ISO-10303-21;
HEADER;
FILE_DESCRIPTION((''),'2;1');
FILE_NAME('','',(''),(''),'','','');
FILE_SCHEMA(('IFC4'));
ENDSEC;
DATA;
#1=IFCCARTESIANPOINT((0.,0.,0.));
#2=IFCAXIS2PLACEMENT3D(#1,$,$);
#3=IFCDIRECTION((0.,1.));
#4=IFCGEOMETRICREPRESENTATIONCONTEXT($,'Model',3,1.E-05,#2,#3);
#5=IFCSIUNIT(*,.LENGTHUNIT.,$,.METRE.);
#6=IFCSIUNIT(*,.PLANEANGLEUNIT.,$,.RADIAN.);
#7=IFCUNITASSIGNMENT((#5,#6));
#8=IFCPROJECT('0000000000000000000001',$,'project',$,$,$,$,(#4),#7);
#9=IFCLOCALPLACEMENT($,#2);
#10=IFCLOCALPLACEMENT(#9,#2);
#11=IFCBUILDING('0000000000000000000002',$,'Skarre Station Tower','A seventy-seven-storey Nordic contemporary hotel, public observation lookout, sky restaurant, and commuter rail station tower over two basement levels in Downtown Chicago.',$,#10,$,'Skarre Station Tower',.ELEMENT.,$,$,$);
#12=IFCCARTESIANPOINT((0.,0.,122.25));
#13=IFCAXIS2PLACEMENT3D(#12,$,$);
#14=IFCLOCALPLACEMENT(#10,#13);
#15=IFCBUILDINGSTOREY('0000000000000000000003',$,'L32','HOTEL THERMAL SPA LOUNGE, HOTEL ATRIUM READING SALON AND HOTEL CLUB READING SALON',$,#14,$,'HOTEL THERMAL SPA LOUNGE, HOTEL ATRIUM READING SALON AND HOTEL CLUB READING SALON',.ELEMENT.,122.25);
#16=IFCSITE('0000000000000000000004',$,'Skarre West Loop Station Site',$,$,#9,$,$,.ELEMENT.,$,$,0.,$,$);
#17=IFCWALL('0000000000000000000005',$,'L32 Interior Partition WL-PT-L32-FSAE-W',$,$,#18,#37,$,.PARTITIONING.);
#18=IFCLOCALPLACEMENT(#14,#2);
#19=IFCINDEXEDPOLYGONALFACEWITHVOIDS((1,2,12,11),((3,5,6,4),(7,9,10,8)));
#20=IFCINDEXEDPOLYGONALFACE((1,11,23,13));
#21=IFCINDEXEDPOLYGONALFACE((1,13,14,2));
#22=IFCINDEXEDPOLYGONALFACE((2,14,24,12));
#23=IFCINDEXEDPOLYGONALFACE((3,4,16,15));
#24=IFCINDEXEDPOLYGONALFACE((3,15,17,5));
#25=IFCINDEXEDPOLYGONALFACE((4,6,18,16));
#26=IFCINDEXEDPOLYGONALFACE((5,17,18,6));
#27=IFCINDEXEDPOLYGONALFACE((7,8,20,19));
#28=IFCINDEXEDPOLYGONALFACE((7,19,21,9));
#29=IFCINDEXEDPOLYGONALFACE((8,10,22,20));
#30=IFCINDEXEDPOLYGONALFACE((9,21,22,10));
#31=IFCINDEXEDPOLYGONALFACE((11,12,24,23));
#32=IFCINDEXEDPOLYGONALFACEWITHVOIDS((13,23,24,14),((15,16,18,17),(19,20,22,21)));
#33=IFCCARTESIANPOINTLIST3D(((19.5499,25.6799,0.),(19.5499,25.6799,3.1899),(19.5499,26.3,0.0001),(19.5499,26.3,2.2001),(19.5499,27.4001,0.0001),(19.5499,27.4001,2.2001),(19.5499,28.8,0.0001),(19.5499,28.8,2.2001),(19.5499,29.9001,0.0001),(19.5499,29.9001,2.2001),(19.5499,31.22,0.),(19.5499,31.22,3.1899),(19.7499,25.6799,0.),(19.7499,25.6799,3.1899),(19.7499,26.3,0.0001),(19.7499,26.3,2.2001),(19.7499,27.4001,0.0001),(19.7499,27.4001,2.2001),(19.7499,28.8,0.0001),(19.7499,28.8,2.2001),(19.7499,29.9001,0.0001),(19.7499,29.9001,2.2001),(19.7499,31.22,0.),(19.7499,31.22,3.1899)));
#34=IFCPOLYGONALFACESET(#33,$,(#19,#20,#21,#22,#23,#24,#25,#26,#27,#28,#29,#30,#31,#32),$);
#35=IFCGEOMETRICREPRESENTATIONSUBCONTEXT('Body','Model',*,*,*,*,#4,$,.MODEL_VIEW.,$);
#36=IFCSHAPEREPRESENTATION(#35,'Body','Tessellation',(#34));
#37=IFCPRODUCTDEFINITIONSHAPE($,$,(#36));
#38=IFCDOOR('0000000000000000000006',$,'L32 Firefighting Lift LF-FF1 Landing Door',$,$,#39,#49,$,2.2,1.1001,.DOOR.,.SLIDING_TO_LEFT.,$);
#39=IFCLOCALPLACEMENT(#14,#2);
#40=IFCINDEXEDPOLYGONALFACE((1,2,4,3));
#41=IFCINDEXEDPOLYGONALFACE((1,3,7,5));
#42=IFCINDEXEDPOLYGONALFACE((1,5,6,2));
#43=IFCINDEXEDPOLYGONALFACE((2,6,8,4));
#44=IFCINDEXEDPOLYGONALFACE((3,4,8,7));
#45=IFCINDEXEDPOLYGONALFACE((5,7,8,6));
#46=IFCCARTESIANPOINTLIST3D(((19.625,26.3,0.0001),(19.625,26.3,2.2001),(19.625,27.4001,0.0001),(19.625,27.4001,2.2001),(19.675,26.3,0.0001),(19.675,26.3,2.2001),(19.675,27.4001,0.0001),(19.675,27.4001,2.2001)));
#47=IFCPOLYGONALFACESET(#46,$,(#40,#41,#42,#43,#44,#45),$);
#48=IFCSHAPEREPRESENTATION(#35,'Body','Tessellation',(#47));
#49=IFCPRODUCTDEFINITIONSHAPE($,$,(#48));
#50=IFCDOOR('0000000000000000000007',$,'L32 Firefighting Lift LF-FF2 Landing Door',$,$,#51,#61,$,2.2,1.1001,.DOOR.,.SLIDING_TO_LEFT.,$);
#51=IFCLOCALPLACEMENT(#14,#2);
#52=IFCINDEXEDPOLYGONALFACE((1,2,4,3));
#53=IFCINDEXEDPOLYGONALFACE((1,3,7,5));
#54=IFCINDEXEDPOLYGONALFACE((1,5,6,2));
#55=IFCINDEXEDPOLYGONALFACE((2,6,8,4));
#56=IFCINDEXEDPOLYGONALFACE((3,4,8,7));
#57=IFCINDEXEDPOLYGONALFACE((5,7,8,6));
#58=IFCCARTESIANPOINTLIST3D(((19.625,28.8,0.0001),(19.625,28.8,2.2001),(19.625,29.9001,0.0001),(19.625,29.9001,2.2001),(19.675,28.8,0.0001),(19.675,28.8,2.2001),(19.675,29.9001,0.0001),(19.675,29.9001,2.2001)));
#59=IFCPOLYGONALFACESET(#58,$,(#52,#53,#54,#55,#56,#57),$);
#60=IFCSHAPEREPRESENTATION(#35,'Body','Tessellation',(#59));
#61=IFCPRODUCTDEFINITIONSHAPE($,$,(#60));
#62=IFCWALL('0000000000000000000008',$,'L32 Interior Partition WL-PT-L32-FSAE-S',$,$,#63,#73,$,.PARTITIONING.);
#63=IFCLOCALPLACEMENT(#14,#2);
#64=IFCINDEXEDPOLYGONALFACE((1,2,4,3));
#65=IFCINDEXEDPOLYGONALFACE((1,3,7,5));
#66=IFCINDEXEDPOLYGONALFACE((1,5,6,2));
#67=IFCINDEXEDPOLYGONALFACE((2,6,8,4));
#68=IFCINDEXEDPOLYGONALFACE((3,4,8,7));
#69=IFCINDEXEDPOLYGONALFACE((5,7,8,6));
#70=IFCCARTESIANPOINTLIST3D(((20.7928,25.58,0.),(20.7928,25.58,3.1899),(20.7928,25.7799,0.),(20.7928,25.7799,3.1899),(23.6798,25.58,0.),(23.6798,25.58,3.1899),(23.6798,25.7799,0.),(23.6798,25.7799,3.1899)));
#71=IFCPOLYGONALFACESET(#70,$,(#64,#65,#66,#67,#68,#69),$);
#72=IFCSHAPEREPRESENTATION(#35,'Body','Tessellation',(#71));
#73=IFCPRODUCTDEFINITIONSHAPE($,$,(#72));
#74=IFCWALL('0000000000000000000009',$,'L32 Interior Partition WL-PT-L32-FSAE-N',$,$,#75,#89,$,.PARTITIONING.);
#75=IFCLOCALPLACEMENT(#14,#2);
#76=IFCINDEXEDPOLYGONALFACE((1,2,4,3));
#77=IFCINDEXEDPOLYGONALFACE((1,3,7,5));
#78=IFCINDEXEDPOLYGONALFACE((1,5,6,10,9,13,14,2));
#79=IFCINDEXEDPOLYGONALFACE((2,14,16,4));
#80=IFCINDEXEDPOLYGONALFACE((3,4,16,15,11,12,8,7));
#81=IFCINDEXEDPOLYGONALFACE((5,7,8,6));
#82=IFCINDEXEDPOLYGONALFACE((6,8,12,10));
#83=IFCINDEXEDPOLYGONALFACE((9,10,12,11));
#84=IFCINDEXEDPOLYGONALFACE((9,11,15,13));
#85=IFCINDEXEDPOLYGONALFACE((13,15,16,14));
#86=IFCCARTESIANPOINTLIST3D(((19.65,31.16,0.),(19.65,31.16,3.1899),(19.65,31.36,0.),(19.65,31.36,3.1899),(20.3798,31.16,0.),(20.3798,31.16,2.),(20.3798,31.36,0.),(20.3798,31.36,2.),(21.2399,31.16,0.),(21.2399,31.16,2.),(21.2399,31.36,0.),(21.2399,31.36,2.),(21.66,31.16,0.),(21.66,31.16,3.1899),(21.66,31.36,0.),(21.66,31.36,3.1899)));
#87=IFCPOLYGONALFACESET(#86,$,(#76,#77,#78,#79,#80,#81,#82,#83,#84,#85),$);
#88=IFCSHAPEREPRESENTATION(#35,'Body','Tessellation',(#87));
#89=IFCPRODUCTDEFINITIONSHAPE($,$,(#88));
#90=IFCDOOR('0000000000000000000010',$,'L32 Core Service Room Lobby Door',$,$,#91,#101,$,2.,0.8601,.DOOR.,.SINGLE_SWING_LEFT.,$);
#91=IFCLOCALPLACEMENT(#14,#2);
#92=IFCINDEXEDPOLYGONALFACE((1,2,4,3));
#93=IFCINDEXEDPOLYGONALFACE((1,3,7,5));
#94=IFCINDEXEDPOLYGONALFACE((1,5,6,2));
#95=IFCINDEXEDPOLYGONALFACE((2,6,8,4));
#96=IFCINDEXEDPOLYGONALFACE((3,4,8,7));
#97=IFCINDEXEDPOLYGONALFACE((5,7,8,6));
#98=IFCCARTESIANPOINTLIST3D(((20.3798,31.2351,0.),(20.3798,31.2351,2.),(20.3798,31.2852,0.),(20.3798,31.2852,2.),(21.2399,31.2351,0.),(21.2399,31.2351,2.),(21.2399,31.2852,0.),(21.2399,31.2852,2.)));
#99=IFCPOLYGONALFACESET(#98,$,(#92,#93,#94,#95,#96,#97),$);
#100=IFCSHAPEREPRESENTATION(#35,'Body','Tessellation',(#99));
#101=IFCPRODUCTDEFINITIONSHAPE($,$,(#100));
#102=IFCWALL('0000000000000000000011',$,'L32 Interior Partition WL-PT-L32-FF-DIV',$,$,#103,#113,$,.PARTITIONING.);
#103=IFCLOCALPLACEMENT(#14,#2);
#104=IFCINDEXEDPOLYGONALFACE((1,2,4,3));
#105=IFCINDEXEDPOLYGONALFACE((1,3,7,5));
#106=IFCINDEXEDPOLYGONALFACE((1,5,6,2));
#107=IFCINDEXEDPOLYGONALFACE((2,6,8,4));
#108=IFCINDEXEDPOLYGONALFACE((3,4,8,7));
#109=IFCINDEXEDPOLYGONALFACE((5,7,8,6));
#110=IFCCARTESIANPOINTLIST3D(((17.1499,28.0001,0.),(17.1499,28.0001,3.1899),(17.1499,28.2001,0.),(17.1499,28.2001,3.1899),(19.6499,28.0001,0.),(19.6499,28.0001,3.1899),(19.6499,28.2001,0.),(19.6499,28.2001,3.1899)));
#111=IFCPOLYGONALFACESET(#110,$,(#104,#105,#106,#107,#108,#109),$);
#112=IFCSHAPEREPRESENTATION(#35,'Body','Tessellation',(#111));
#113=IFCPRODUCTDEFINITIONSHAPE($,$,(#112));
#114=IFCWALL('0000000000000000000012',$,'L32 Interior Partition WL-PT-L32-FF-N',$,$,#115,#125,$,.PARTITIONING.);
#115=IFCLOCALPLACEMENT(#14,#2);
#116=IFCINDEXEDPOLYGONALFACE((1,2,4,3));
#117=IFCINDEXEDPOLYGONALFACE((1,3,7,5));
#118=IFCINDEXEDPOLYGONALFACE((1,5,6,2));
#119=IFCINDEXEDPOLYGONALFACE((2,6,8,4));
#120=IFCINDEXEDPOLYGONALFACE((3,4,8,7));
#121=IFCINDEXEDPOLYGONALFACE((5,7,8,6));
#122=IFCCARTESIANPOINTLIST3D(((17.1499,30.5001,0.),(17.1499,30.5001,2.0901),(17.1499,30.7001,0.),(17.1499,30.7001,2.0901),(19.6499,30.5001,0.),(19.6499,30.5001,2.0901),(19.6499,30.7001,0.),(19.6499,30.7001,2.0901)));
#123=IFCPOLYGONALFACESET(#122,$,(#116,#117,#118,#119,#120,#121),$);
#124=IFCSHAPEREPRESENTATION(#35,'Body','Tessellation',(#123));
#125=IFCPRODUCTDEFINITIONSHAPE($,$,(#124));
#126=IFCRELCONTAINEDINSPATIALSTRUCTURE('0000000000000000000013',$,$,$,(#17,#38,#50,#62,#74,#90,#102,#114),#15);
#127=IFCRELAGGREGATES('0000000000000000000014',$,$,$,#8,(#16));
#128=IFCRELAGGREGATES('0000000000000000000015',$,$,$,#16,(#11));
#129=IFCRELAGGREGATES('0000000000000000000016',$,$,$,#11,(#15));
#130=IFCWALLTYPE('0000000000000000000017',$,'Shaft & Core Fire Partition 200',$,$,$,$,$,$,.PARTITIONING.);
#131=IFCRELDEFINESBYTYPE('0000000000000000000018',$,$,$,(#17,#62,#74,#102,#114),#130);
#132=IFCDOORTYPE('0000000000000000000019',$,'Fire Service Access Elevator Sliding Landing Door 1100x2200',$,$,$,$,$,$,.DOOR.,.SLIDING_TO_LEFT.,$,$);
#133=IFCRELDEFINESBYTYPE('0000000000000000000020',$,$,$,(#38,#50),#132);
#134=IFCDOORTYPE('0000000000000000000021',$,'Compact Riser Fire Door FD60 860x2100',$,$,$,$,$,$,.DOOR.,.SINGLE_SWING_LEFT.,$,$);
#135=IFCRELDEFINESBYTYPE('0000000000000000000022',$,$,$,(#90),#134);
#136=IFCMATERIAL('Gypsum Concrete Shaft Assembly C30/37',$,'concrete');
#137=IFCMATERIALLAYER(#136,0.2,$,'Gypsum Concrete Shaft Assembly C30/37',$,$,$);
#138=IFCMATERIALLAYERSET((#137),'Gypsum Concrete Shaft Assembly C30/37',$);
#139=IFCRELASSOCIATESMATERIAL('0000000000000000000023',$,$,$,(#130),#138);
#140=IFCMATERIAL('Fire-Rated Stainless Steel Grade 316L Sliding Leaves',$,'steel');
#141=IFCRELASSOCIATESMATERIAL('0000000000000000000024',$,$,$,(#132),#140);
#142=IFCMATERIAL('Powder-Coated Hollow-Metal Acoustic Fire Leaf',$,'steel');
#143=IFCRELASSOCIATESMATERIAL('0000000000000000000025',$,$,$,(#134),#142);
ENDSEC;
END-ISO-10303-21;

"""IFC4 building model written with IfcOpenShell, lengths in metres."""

from ifc_helpers import new_model, si_unit, direction, frame, frame_2d, origin, place, context, subcontext, project, spatial, rectangle, extrude, material, layer, layer_set, type_object, element, fill, save


model = new_model("IFC4")

# Units and contexts
model_context = context("Model", 3, precision=1e-05, world=origin(), true_north=direction((0.0, 1.0)))
body_context = subcontext(model_context, "Body", "Model", "MODEL_VIEW")
ifc_project = project(units=[si_unit("LENGTHUNIT", "METRE"), si_unit("PLANEANGLEUNIT", "RADIAN")], contexts=[model_context])

# Site, building, storey
site_placement = place(None, origin())
site = spatial("IfcSite", under=ifc_project, at=site_placement, Name="Skarre West Loop Station Site", CompositionType="ELEMENT", RefElevation=0.0)
building_placement = place(site_placement, origin())
building = spatial("IfcBuilding", under=site, at=building_placement, Name="Skarre Station Tower", Description="A seventy-seven-storey Nordic contemporary hotel, public observation lookout, sky restaurant, and commuter rail station tower over two basement levels in Downtown Chicago.", LongName="Skarre Station Tower", CompositionType="ELEMENT")
storey_placement = place(building_placement, frame((0.0, 0.0, 122.25)))
storey = spatial("IfcBuildingStorey", under=building, at=storey_placement, Name="L32", Description="HOTEL THERMAL SPA LOUNGE, HOTEL ATRIUM READING SALON AND HOTEL CLUB READING SALON", LongName="HOTEL THERMAL SPA LOUNGE, HOTEL ATRIUM READING SALON AND HOTEL CLUB READING SALON", CompositionType="ELEMENT", Elevation=122.25)

# Wall, openings, doors
ifc_material_1 = material(Name="Gypsum Concrete Shaft Assembly C30/37", Category="concrete")
ifc_layer_1 = layer(ifc_material_1, 0.2, Name="Gypsum Concrete Shaft Assembly C30/37")
ifc_layer_set_1 = layer_set([ifc_layer_1], Name="Gypsum Concrete Shaft Assembly C30/37")
wall_type_1 = type_object("IfcWallType", Name="Shaft & Core Fire Partition 200", PredefinedType="PARTITIONING", material=ifc_layer_set_1)
wall_1_placement = place(storey_placement, frame((19.6499, 25.6799, 0.0), z_axis=(0.0, 0.0, 1.0), x_axis=(0.0, 1.0, 0.0)))
wall_1 = element("IfcWall", 1, at=wall_1_placement, inside=storey, type_object=wall_type_1, Name="L32 Interior Partition WL-PT-L32-FSAE-W", PredefinedType="PARTITIONING", context=body_context, shape_type="SweptSolid", body=[
    extrude(rectangle(XDim=5.54, YDim=0.2, at=frame_2d((2.77, 0.0))), origin(), (0.0, 0.0, 1.0), 3.1899),
])
opening_1_placement = place(wall_1_placement, frame((0.6201, 0.0, 0.0)))
opening_1 = element("IfcOpeningElement", 2, at=opening_1_placement, cuts=wall_1, PredefinedType="OPENING", context=body_context, shape_type="SweptSolid", body=[
    extrude(rectangle(XDim=1.1001, YDim=2.2, at=frame_2d((0.55, 1.1001))), frame((0.0, 0.1099, 0.0), z_axis=(0.0, -1.0, 0.0), x_axis=(1.0, 0.0, 0.0)), (0.0, 0.0, 1.0), 0.22),
])
opening_2_placement = place(wall_1_placement, frame((3.1201, 0.0, 0.0)))
opening_2 = element("IfcOpeningElement", 3, at=opening_2_placement, cuts=wall_1, PredefinedType="OPENING", context=body_context, shape_type="SweptSolid", body=[
    extrude(rectangle(XDim=1.1001, YDim=2.2, at=frame_2d((0.55, 1.1001))), frame((0.0, 0.1099, 0.0), z_axis=(0.0, -1.0, 0.0), x_axis=(1.0, 0.0, 0.0)), (0.0, 0.0, 1.0), 0.22),
])
ifc_material_2 = material(Name="Fire-Rated Stainless Steel Grade 316L Sliding Leaves", Category="steel")
door_type_1 = type_object("IfcDoorType", Name="Fire Service Access Elevator Sliding Landing Door 1100x2200", OperationType="SLIDING_TO_LEFT", PredefinedType="DOOR", material=ifc_material_2)
door_1_placement = place(opening_1_placement, origin())
door_1 = element("IfcDoor", 4, at=door_1_placement, inside=storey, type_object=door_type_1, Name="L32 Firefighting Lift LF-FF1 Landing Door", OperationType="SLIDING_TO_LEFT", OverallHeight=2.2, OverallWidth=1.1001, PredefinedType="DOOR", context=body_context, shape_type="SweptSolid", body=[
    extrude(rectangle(XDim=1.1001, YDim=2.2, at=frame_2d((0.55, 1.1001))), frame((0.0, 0.0249, 0.0), z_axis=(0.0, -1.0, 0.0), x_axis=(1.0, 0.0, 0.0)), (0.0, 0.0, 1.0), 0.05),
])
fill(opening_1, door_1)
door_2_placement = place(opening_2_placement, origin())
door_2 = element("IfcDoor", 5, at=door_2_placement, inside=storey, type_object=door_type_1, Name="L32 Firefighting Lift LF-FF2 Landing Door", OperationType="SLIDING_TO_LEFT", OverallHeight=2.2, OverallWidth=1.1001, PredefinedType="DOOR", context=body_context, shape_type="SweptSolid", body=[
    extrude(rectangle(XDim=1.1001, YDim=2.2, at=frame_2d((0.55, 1.1001))), frame((0.0, 0.0249, 0.0), z_axis=(0.0, -1.0, 0.0), x_axis=(1.0, 0.0, 0.0)), (0.0, 0.0, 1.0), 0.05),
])
fill(opening_2, door_2)

# Wall
wall_2_placement = place(storey_placement, frame((20.793, 25.6799, 0.0), z_axis=(0.0, 0.0, 1.0), x_axis=(1.0, 0.0, 0.0)))
element("IfcWall", 6, at=wall_2_placement, inside=storey, type_object=wall_type_1, Name="L32 Interior Partition WL-PT-L32-FSAE-S", PredefinedType="PARTITIONING", context=body_context, shape_type="SweptSolid", body=[
    extrude(rectangle(XDim=2.887, YDim=0.2, at=frame_2d((1.4434, 0.0))), origin(), (0.0, 0.0, 1.0), 3.1899),
])

# Wall, opening, door
wall_3_placement = place(storey_placement, frame((21.6599, 31.26, 0.0), z_axis=(0.0, 0.0, 1.0), x_axis=(-1.0, 0.0, 0.0)))
wall_3 = element("IfcWall", 7, at=wall_3_placement, inside=storey, type_object=wall_type_1, Name="L32 Interior Partition WL-PT-L32-FSAE-N", PredefinedType="PARTITIONING", context=body_context, shape_type="SweptSolid", body=[
    extrude(rectangle(XDim=2.01, YDim=0.2, at=frame_2d((1.0049, 0.0))), origin(), (0.0, 0.0, 1.0), 3.1899),
])
opening_3_placement = place(wall_3_placement, frame((0.4199, 0.0, 0.0)))
opening_3 = element("IfcOpeningElement", 8, at=opening_3_placement, cuts=wall_3, PredefinedType="OPENING", context=body_context, shape_type="SweptSolid", body=[
    extrude(rectangle(XDim=0.8601, YDim=2.0, at=frame_2d((0.4302, 1.0))), frame((0.0, 0.1099, 0.0), z_axis=(0.0, -1.0, 0.0), x_axis=(1.0, 0.0, 0.0)), (0.0, 0.0, 1.0), 0.22),
])
ifc_material_3 = material(Name="Powder-Coated Hollow-Metal Acoustic Fire Leaf", Category="steel")
door_type_2 = type_object("IfcDoorType", Name="Compact Riser Fire Door FD60 860x2100", OperationType="SINGLE_SWING_LEFT", PredefinedType="DOOR", material=ifc_material_3)
door_3_placement = place(opening_3_placement, origin())
door_3 = element("IfcDoor", 9, at=door_3_placement, inside=storey, type_object=door_type_2, Name="L32 Core Service Room Lobby Door", OperationType="SINGLE_SWING_LEFT", OverallHeight=2.0, OverallWidth=0.8601, PredefinedType="DOOR", context=body_context, shape_type="SweptSolid", body=[
    extrude(rectangle(XDim=0.8601, YDim=2.0, at=frame_2d((0.4302, 1.0))), frame((0.0, 0.0249, 0.0), z_axis=(0.0, -1.0, 0.0), x_axis=(1.0, 0.0, 0.0)), (0.0, 0.0, 1.0), 0.05),
])
fill(opening_3, door_3)

# Walls
wall_4_placement = place(storey_placement, frame((17.1499, 28.1001, 0.0), z_axis=(0.0, 0.0, 1.0), x_axis=(1.0, 0.0, 0.0)))
element("IfcWall", 10, at=wall_4_placement, inside=storey, type_object=wall_type_1, Name="L32 Interior Partition WL-PT-L32-FF-DIV", PredefinedType="PARTITIONING", context=body_context, shape_type="SweptSolid", body=[
    extrude(rectangle(XDim=2.5, YDim=0.2, at=frame_2d((1.25, 0.0))), origin(), (0.0, 0.0, 1.0), 3.1899),
])
wall_5_placement = place(storey_placement, frame((19.6499, 30.6001, 0.0), z_axis=(0.0, 0.0, 1.0), x_axis=(-1.0, 0.0, 0.0)))
element("IfcWall", 11, at=wall_5_placement, inside=storey, type_object=wall_type_1, Name="L32 Interior Partition WL-PT-L32-FF-N", PredefinedType="PARTITIONING", context=body_context, shape_type="SweptSolid", body=[
    extrude(rectangle(XDim=2.5, YDim=0.2, at=frame_2d((1.25, 0.0))), origin(), (0.0, 0.0, 1.0), 2.0901),
])

save(model, "model.ifc")
